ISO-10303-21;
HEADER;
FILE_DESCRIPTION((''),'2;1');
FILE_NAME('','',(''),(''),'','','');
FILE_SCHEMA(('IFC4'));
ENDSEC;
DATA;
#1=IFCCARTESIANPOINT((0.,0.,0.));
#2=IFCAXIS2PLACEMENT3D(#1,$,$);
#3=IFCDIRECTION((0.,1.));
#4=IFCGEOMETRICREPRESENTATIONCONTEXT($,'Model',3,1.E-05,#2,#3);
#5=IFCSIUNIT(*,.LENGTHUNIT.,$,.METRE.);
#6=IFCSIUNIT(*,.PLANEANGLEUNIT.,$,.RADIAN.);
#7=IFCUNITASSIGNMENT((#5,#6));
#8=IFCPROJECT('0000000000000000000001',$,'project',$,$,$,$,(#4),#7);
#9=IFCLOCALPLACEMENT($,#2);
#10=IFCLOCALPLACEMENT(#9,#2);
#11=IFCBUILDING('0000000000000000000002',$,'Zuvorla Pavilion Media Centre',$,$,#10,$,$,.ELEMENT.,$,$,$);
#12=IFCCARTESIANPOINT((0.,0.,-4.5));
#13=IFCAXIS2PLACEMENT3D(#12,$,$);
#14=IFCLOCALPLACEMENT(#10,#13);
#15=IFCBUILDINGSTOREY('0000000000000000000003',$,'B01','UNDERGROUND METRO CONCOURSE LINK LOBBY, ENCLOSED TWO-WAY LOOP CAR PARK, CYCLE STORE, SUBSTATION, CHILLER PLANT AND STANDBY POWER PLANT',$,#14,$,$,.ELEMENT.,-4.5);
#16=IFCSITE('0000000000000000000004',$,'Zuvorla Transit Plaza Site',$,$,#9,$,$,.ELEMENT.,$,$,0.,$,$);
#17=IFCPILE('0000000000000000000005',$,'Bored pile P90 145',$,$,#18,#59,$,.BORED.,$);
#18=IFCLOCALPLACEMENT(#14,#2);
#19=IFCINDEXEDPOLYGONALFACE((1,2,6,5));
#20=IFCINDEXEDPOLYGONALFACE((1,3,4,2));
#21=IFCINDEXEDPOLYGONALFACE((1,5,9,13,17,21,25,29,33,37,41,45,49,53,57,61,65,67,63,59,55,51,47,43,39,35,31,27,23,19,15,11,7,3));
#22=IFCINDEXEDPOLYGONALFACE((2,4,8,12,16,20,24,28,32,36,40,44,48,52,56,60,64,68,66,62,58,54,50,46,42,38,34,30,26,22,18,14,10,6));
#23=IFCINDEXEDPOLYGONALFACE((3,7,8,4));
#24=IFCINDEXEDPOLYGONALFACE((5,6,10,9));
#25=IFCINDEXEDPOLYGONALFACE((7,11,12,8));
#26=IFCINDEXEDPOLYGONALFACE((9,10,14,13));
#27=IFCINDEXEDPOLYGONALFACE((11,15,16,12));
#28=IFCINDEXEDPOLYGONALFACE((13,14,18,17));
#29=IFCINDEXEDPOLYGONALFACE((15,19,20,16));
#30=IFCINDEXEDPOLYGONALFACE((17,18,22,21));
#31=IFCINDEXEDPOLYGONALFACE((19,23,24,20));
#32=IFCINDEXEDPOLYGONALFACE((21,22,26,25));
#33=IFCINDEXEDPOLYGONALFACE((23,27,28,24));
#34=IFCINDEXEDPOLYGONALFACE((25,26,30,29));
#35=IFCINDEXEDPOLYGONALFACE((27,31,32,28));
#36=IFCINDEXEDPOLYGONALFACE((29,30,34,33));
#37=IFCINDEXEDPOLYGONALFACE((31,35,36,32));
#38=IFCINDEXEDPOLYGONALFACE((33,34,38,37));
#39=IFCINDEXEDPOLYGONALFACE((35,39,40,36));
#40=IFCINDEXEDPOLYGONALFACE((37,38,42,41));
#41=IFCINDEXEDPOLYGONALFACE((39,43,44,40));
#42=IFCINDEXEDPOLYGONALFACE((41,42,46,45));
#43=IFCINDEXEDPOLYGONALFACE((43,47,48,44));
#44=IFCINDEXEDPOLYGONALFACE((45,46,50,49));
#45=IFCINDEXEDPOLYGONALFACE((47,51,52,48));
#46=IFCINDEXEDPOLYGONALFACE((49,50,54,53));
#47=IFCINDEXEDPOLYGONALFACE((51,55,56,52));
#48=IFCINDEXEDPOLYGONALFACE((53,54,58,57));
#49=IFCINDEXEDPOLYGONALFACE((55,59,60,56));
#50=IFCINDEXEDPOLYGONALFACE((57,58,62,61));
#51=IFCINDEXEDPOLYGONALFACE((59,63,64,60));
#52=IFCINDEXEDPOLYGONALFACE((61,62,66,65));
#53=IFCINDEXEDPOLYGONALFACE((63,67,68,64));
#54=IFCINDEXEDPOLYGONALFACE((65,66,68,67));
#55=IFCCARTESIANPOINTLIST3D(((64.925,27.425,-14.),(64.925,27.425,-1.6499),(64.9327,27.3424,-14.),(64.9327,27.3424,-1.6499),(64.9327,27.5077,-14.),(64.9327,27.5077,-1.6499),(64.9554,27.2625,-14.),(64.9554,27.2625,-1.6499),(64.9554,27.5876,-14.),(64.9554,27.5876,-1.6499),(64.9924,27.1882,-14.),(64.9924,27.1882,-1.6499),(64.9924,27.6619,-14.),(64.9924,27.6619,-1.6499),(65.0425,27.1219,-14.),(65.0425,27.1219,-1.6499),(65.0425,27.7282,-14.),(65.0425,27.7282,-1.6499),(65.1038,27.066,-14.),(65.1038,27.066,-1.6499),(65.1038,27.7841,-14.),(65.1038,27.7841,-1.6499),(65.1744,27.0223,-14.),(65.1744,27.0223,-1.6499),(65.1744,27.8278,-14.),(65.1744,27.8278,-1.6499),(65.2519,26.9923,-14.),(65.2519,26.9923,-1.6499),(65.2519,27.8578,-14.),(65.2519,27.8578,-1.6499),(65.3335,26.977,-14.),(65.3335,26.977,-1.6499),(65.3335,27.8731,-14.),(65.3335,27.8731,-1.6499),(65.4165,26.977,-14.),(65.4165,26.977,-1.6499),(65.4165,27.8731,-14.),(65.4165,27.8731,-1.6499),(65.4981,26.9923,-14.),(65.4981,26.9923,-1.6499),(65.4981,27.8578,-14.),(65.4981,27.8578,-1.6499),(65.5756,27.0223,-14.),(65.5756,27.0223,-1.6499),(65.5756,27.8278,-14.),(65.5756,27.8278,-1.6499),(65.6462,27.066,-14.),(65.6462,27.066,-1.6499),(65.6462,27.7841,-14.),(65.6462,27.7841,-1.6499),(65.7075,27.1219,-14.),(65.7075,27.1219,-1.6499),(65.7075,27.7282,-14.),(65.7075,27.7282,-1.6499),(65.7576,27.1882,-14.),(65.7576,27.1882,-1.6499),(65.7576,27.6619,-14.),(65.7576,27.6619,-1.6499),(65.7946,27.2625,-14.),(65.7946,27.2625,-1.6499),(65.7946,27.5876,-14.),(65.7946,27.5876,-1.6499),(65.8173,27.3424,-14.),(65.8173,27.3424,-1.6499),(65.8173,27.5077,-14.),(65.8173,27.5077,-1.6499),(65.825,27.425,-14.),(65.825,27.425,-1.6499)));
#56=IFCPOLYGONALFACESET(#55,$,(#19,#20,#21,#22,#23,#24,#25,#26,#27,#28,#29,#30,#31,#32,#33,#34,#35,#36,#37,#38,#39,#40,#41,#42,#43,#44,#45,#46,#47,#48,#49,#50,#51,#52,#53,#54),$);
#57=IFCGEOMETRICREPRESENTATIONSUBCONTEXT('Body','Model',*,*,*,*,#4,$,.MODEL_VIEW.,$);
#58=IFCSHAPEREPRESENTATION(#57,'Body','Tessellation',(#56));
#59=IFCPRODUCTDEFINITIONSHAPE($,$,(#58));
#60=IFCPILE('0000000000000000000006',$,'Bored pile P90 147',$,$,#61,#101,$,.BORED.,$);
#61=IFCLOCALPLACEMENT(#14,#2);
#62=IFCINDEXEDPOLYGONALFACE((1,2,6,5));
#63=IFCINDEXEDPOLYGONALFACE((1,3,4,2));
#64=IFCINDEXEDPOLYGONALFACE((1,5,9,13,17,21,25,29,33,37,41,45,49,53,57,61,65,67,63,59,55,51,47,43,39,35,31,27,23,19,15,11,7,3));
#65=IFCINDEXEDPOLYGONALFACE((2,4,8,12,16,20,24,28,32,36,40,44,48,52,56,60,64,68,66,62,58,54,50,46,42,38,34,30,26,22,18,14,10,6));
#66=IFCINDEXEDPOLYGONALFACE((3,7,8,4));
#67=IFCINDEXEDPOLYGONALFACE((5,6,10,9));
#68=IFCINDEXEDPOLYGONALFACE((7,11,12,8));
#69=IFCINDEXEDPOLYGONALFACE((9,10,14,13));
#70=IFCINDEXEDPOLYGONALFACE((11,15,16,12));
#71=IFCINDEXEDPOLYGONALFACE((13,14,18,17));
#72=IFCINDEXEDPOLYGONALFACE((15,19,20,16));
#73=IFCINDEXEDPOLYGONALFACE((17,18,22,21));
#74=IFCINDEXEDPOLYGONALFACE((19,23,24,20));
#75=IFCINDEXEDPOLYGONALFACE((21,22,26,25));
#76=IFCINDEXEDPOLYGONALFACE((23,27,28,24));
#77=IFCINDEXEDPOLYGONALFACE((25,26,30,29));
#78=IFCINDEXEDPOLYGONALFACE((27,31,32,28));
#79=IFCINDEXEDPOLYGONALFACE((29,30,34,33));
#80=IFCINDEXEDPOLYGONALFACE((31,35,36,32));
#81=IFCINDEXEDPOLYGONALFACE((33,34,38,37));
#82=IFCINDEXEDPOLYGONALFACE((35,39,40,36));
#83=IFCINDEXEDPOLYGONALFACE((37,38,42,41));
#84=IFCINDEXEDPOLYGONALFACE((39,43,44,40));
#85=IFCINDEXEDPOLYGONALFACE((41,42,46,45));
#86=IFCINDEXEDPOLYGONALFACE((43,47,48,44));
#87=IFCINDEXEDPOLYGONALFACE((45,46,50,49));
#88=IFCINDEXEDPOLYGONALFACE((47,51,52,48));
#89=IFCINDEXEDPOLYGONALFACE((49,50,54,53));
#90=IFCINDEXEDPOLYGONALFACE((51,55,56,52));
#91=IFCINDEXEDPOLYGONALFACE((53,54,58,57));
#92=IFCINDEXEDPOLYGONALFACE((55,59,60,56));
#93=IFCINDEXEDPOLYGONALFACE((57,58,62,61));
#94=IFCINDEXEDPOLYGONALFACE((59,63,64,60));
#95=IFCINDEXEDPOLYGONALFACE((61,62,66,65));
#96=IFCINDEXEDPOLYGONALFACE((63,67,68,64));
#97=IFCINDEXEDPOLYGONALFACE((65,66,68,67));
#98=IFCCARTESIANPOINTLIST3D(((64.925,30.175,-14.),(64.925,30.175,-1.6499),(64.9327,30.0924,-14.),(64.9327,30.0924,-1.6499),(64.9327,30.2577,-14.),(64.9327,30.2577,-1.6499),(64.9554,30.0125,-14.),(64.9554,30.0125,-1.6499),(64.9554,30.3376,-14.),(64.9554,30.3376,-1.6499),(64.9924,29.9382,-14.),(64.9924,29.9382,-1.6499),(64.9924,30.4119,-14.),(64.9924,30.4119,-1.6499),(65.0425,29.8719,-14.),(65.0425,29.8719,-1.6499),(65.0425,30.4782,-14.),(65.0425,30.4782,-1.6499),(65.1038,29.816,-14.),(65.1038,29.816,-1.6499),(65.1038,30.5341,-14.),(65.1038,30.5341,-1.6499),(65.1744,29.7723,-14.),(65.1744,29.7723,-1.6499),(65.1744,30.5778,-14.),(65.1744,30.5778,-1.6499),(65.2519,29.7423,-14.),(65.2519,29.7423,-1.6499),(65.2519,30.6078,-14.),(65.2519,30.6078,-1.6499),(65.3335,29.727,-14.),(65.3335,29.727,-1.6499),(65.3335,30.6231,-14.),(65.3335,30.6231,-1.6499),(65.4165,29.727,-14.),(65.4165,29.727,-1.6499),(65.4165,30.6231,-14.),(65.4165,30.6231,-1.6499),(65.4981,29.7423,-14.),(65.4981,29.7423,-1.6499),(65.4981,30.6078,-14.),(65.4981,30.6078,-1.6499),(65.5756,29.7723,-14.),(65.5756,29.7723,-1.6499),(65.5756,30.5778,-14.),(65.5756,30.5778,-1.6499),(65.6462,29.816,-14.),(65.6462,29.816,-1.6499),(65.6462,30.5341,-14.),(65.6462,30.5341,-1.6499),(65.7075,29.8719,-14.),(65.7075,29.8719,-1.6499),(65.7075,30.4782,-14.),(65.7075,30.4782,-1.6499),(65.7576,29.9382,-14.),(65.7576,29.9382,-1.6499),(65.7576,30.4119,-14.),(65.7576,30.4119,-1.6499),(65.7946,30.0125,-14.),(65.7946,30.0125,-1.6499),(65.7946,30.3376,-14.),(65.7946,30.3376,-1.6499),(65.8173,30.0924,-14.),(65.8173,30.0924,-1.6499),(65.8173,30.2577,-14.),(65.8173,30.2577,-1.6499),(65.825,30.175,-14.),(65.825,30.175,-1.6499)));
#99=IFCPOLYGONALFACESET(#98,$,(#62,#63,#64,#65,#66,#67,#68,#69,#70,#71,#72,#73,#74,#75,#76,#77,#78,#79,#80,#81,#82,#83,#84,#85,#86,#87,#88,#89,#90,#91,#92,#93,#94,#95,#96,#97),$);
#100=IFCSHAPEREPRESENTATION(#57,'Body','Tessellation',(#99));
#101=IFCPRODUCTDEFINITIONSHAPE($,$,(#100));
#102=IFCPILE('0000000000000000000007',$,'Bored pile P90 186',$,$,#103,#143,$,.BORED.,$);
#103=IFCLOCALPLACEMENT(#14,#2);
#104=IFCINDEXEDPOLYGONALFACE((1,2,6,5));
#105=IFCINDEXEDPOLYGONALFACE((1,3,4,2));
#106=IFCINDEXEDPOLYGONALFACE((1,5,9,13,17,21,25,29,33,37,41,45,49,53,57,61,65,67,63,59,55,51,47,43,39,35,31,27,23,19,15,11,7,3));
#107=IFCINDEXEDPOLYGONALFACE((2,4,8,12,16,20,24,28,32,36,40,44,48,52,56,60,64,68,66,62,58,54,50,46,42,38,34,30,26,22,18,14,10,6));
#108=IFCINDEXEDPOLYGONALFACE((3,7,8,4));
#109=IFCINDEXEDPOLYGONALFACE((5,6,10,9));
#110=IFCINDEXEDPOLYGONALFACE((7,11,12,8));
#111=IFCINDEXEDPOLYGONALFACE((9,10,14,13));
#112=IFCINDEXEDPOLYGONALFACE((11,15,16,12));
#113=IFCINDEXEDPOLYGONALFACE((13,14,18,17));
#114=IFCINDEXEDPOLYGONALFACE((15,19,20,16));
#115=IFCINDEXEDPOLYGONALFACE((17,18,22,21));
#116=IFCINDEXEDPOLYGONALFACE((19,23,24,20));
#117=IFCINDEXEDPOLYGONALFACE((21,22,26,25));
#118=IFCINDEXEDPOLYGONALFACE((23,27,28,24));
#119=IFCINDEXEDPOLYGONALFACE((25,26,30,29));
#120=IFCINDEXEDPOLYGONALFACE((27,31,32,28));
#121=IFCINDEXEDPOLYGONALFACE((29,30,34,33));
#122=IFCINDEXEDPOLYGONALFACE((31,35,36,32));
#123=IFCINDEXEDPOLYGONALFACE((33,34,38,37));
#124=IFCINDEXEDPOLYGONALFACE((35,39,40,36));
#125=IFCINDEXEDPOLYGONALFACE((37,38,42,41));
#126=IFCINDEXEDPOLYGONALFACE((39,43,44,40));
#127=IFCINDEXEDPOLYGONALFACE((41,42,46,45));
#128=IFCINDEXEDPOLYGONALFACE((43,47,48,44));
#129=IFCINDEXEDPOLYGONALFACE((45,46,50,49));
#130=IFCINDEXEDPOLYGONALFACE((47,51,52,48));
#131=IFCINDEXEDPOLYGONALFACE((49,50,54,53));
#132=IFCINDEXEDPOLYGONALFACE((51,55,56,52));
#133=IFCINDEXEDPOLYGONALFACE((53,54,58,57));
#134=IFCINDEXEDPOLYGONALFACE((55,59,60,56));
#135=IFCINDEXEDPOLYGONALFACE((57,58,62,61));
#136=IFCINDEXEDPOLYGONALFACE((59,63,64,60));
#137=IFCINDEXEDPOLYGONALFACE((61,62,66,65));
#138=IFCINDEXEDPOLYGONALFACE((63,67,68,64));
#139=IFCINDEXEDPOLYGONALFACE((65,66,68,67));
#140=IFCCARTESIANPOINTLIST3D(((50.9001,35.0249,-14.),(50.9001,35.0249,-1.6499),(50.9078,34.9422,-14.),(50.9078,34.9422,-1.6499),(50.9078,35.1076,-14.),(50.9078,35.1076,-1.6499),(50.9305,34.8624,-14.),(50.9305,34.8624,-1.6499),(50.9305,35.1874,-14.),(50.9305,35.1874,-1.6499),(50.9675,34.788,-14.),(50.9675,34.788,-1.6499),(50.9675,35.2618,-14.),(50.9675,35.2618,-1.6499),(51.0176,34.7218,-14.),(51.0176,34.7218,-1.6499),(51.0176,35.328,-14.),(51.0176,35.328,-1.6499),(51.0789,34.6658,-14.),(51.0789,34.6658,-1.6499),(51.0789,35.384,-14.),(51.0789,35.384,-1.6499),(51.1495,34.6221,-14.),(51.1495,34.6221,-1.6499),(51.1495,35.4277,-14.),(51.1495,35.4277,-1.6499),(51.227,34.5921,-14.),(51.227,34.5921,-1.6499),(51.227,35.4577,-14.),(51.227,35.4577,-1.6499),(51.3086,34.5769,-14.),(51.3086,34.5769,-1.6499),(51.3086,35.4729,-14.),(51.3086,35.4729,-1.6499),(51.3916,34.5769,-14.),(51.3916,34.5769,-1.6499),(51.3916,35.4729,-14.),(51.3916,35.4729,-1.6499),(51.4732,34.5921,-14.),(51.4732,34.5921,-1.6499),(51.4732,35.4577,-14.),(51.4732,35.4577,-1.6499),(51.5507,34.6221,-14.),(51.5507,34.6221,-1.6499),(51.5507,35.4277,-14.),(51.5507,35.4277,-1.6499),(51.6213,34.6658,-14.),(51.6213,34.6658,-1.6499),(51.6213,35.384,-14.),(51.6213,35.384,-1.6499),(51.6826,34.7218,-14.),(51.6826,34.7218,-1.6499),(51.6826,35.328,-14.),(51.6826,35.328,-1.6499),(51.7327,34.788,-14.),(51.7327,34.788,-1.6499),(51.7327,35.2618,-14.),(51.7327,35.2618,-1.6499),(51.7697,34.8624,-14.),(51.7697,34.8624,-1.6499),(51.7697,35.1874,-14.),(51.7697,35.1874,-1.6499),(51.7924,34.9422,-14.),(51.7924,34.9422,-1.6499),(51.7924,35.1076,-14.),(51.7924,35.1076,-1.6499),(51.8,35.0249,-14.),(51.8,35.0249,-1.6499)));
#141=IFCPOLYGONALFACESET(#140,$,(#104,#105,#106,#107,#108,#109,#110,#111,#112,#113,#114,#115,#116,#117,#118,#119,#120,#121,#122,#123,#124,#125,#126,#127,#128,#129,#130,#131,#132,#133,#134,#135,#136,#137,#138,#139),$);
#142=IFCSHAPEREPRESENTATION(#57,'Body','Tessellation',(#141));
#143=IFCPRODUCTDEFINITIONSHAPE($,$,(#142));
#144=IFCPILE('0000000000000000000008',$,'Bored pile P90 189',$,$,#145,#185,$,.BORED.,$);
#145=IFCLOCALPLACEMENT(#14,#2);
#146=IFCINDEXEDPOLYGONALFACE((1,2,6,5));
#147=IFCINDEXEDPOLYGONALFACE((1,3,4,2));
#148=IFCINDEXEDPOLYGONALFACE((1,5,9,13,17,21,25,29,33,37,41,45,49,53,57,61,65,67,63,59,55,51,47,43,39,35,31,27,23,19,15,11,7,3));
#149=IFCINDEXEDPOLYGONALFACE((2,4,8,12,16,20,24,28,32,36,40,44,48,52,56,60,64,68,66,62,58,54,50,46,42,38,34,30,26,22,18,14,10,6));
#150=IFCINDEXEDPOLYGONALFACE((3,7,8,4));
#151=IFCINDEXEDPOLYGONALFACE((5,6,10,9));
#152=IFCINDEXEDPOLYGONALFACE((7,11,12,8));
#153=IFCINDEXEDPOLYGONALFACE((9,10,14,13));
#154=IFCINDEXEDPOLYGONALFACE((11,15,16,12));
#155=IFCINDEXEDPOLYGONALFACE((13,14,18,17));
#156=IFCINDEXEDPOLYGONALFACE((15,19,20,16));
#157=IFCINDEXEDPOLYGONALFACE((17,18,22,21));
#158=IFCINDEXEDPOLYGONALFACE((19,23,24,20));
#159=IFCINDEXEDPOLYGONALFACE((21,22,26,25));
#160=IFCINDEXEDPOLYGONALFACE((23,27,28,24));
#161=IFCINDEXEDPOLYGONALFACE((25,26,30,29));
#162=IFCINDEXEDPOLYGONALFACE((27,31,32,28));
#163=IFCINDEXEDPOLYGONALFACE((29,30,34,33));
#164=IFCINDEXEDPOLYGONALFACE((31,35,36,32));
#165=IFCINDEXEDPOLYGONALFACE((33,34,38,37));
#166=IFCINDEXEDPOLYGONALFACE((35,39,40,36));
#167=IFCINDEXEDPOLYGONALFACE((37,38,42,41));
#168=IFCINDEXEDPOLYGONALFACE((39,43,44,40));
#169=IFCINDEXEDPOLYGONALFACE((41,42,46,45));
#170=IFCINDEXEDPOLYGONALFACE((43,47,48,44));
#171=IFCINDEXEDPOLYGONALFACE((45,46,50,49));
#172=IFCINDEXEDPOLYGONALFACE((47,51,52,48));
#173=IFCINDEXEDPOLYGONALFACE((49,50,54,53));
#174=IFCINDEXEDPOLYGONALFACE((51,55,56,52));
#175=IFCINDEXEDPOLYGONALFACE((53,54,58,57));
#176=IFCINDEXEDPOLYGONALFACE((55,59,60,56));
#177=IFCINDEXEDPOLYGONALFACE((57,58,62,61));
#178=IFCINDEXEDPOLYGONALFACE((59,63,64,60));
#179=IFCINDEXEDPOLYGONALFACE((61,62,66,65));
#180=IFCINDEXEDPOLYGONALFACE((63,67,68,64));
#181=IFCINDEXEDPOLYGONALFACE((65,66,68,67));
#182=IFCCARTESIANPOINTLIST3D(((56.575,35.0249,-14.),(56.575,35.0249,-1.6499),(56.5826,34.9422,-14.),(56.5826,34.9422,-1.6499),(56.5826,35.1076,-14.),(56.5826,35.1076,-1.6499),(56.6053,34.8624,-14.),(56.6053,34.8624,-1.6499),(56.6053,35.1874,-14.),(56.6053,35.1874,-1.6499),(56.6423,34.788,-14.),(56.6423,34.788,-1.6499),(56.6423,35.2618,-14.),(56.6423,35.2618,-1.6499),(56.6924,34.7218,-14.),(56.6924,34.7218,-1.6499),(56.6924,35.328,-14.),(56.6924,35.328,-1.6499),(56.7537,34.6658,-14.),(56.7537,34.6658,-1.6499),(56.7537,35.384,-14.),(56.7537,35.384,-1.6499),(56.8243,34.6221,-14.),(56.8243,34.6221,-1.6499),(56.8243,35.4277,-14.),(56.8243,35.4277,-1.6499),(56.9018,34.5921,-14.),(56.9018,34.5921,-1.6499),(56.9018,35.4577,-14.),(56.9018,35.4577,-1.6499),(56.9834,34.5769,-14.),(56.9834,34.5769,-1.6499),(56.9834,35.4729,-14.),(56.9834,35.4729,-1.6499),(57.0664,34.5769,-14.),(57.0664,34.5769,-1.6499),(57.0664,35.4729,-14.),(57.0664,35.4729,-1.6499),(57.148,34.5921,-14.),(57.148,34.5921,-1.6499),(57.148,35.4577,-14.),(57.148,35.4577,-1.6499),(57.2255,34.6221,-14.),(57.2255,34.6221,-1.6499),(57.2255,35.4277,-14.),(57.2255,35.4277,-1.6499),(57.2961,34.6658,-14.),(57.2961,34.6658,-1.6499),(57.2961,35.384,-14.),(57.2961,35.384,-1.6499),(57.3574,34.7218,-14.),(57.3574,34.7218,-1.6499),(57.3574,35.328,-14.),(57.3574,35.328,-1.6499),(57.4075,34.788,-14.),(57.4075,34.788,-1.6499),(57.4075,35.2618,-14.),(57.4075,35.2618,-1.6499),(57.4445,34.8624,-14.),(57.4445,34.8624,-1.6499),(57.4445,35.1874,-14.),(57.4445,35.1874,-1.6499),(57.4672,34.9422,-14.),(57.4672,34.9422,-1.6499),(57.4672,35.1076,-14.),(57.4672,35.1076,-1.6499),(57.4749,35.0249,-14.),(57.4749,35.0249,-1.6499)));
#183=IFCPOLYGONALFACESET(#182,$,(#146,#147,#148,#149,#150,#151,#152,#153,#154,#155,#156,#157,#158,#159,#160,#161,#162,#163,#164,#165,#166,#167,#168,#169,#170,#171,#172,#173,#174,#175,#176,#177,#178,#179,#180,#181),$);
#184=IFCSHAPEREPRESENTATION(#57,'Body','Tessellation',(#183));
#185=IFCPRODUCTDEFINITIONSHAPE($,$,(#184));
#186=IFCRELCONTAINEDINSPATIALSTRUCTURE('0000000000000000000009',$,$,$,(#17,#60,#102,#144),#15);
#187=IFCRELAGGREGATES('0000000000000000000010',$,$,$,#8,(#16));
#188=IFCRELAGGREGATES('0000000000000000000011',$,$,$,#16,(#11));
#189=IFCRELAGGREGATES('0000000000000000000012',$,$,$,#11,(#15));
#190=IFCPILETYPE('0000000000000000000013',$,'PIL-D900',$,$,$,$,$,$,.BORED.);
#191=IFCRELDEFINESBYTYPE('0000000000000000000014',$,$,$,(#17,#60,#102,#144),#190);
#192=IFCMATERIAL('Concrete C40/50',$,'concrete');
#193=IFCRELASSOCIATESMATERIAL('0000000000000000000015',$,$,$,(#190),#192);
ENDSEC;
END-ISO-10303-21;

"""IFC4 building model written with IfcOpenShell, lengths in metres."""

from ifc_helpers import new_model, si_unit, direction, frame, origin, origin_2d, place, context, subcontext, project, spatial, circle, extrude, material, material_profile, profile_set, type_object, element, save


model = new_model("IFC4")

# Units and contexts
model_context = context("Model", 3, precision=1e-05, world=origin(), true_north=direction((0.0, 1.0)))
body_context = subcontext(model_context, "Body", "Model", "MODEL_VIEW")
ifc_project = project(units=[si_unit("LENGTHUNIT", "METRE"), si_unit("PLANEANGLEUNIT", "RADIAN")], contexts=[model_context])

# Site, building, storey
site_placement = place(None, origin())
site = spatial("IfcSite", under=ifc_project, at=site_placement, Name="Zuvorla Transit Plaza Site", CompositionType="ELEMENT", RefElevation=0.0)
building_placement = place(site_placement, origin())
building = spatial("IfcBuilding", under=site, at=building_placement, Name="Zuvorla Pavilion Media Centre", CompositionType="ELEMENT")
storey_placement = place(building_placement, frame((0.0, 0.0, -4.5)))
storey = spatial("IfcBuildingStorey", under=building, at=storey_placement, Name="B01", Description="UNDERGROUND METRO CONCOURSE LINK LOBBY, ENCLOSED TWO-WAY LOOP CAR PARK, CYCLE STORE, SUBSTATION, CHILLER PLANT AND STANDBY POWER PLANT", CompositionType="ELEMENT", Elevation=-4.5)

# Shared definitions
ifc_material_1 = material(Name="Concrete C40/50", Category="concrete")

# Piles
ifc_material_profile_1 = material_profile(ifc_material_1, circle(Radius=0.45, at=origin_2d()), Name="BORED PILE 900")
ifc_profile_set_1 = profile_set([ifc_material_profile_1], Name="Concrete C40/50")
pile_type = type_object("IfcPileType", Name="PIL-D900", PredefinedType="BORED", material=ifc_profile_set_1)
for number, where, z_axis, x_axis, name in (
    (1, (65.375, 27.425, -1.6499), (0.0, 0.0, -1.0), (1.0, 0.0, 0.0), "Bored pile P90 145"),
    (2, (65.375, 30.175, -1.6499), (0.0, 0.0, -1.0), (1.0, 0.0, 0.0), "Bored pile P90 147"),
    (3, (51.3501, 35.0249, -1.6499), (0.0, 0.0, -1.0), (1.0, 0.0, 0.0), "Bored pile P90 186"),
    (4, (57.0249, 35.0249, -1.6499), (0.0, 0.0, -1.0), (1.0, 0.0, 0.0), "Bored pile P90 189"),
):
    element("IfcPile", number, at=place(storey_placement, frame(where, z_axis=z_axis, x_axis=x_axis)), inside=storey, type_object=pile_type, Name=name, PredefinedType="BORED", context=body_context, shape_type="SweptSolid", body=[
        extrude(circle(Radius=0.45, at=origin_2d()), origin(), (0.0, 0.0, 1.0), 12.3501),
    ])

save(model, "model.ifc")
